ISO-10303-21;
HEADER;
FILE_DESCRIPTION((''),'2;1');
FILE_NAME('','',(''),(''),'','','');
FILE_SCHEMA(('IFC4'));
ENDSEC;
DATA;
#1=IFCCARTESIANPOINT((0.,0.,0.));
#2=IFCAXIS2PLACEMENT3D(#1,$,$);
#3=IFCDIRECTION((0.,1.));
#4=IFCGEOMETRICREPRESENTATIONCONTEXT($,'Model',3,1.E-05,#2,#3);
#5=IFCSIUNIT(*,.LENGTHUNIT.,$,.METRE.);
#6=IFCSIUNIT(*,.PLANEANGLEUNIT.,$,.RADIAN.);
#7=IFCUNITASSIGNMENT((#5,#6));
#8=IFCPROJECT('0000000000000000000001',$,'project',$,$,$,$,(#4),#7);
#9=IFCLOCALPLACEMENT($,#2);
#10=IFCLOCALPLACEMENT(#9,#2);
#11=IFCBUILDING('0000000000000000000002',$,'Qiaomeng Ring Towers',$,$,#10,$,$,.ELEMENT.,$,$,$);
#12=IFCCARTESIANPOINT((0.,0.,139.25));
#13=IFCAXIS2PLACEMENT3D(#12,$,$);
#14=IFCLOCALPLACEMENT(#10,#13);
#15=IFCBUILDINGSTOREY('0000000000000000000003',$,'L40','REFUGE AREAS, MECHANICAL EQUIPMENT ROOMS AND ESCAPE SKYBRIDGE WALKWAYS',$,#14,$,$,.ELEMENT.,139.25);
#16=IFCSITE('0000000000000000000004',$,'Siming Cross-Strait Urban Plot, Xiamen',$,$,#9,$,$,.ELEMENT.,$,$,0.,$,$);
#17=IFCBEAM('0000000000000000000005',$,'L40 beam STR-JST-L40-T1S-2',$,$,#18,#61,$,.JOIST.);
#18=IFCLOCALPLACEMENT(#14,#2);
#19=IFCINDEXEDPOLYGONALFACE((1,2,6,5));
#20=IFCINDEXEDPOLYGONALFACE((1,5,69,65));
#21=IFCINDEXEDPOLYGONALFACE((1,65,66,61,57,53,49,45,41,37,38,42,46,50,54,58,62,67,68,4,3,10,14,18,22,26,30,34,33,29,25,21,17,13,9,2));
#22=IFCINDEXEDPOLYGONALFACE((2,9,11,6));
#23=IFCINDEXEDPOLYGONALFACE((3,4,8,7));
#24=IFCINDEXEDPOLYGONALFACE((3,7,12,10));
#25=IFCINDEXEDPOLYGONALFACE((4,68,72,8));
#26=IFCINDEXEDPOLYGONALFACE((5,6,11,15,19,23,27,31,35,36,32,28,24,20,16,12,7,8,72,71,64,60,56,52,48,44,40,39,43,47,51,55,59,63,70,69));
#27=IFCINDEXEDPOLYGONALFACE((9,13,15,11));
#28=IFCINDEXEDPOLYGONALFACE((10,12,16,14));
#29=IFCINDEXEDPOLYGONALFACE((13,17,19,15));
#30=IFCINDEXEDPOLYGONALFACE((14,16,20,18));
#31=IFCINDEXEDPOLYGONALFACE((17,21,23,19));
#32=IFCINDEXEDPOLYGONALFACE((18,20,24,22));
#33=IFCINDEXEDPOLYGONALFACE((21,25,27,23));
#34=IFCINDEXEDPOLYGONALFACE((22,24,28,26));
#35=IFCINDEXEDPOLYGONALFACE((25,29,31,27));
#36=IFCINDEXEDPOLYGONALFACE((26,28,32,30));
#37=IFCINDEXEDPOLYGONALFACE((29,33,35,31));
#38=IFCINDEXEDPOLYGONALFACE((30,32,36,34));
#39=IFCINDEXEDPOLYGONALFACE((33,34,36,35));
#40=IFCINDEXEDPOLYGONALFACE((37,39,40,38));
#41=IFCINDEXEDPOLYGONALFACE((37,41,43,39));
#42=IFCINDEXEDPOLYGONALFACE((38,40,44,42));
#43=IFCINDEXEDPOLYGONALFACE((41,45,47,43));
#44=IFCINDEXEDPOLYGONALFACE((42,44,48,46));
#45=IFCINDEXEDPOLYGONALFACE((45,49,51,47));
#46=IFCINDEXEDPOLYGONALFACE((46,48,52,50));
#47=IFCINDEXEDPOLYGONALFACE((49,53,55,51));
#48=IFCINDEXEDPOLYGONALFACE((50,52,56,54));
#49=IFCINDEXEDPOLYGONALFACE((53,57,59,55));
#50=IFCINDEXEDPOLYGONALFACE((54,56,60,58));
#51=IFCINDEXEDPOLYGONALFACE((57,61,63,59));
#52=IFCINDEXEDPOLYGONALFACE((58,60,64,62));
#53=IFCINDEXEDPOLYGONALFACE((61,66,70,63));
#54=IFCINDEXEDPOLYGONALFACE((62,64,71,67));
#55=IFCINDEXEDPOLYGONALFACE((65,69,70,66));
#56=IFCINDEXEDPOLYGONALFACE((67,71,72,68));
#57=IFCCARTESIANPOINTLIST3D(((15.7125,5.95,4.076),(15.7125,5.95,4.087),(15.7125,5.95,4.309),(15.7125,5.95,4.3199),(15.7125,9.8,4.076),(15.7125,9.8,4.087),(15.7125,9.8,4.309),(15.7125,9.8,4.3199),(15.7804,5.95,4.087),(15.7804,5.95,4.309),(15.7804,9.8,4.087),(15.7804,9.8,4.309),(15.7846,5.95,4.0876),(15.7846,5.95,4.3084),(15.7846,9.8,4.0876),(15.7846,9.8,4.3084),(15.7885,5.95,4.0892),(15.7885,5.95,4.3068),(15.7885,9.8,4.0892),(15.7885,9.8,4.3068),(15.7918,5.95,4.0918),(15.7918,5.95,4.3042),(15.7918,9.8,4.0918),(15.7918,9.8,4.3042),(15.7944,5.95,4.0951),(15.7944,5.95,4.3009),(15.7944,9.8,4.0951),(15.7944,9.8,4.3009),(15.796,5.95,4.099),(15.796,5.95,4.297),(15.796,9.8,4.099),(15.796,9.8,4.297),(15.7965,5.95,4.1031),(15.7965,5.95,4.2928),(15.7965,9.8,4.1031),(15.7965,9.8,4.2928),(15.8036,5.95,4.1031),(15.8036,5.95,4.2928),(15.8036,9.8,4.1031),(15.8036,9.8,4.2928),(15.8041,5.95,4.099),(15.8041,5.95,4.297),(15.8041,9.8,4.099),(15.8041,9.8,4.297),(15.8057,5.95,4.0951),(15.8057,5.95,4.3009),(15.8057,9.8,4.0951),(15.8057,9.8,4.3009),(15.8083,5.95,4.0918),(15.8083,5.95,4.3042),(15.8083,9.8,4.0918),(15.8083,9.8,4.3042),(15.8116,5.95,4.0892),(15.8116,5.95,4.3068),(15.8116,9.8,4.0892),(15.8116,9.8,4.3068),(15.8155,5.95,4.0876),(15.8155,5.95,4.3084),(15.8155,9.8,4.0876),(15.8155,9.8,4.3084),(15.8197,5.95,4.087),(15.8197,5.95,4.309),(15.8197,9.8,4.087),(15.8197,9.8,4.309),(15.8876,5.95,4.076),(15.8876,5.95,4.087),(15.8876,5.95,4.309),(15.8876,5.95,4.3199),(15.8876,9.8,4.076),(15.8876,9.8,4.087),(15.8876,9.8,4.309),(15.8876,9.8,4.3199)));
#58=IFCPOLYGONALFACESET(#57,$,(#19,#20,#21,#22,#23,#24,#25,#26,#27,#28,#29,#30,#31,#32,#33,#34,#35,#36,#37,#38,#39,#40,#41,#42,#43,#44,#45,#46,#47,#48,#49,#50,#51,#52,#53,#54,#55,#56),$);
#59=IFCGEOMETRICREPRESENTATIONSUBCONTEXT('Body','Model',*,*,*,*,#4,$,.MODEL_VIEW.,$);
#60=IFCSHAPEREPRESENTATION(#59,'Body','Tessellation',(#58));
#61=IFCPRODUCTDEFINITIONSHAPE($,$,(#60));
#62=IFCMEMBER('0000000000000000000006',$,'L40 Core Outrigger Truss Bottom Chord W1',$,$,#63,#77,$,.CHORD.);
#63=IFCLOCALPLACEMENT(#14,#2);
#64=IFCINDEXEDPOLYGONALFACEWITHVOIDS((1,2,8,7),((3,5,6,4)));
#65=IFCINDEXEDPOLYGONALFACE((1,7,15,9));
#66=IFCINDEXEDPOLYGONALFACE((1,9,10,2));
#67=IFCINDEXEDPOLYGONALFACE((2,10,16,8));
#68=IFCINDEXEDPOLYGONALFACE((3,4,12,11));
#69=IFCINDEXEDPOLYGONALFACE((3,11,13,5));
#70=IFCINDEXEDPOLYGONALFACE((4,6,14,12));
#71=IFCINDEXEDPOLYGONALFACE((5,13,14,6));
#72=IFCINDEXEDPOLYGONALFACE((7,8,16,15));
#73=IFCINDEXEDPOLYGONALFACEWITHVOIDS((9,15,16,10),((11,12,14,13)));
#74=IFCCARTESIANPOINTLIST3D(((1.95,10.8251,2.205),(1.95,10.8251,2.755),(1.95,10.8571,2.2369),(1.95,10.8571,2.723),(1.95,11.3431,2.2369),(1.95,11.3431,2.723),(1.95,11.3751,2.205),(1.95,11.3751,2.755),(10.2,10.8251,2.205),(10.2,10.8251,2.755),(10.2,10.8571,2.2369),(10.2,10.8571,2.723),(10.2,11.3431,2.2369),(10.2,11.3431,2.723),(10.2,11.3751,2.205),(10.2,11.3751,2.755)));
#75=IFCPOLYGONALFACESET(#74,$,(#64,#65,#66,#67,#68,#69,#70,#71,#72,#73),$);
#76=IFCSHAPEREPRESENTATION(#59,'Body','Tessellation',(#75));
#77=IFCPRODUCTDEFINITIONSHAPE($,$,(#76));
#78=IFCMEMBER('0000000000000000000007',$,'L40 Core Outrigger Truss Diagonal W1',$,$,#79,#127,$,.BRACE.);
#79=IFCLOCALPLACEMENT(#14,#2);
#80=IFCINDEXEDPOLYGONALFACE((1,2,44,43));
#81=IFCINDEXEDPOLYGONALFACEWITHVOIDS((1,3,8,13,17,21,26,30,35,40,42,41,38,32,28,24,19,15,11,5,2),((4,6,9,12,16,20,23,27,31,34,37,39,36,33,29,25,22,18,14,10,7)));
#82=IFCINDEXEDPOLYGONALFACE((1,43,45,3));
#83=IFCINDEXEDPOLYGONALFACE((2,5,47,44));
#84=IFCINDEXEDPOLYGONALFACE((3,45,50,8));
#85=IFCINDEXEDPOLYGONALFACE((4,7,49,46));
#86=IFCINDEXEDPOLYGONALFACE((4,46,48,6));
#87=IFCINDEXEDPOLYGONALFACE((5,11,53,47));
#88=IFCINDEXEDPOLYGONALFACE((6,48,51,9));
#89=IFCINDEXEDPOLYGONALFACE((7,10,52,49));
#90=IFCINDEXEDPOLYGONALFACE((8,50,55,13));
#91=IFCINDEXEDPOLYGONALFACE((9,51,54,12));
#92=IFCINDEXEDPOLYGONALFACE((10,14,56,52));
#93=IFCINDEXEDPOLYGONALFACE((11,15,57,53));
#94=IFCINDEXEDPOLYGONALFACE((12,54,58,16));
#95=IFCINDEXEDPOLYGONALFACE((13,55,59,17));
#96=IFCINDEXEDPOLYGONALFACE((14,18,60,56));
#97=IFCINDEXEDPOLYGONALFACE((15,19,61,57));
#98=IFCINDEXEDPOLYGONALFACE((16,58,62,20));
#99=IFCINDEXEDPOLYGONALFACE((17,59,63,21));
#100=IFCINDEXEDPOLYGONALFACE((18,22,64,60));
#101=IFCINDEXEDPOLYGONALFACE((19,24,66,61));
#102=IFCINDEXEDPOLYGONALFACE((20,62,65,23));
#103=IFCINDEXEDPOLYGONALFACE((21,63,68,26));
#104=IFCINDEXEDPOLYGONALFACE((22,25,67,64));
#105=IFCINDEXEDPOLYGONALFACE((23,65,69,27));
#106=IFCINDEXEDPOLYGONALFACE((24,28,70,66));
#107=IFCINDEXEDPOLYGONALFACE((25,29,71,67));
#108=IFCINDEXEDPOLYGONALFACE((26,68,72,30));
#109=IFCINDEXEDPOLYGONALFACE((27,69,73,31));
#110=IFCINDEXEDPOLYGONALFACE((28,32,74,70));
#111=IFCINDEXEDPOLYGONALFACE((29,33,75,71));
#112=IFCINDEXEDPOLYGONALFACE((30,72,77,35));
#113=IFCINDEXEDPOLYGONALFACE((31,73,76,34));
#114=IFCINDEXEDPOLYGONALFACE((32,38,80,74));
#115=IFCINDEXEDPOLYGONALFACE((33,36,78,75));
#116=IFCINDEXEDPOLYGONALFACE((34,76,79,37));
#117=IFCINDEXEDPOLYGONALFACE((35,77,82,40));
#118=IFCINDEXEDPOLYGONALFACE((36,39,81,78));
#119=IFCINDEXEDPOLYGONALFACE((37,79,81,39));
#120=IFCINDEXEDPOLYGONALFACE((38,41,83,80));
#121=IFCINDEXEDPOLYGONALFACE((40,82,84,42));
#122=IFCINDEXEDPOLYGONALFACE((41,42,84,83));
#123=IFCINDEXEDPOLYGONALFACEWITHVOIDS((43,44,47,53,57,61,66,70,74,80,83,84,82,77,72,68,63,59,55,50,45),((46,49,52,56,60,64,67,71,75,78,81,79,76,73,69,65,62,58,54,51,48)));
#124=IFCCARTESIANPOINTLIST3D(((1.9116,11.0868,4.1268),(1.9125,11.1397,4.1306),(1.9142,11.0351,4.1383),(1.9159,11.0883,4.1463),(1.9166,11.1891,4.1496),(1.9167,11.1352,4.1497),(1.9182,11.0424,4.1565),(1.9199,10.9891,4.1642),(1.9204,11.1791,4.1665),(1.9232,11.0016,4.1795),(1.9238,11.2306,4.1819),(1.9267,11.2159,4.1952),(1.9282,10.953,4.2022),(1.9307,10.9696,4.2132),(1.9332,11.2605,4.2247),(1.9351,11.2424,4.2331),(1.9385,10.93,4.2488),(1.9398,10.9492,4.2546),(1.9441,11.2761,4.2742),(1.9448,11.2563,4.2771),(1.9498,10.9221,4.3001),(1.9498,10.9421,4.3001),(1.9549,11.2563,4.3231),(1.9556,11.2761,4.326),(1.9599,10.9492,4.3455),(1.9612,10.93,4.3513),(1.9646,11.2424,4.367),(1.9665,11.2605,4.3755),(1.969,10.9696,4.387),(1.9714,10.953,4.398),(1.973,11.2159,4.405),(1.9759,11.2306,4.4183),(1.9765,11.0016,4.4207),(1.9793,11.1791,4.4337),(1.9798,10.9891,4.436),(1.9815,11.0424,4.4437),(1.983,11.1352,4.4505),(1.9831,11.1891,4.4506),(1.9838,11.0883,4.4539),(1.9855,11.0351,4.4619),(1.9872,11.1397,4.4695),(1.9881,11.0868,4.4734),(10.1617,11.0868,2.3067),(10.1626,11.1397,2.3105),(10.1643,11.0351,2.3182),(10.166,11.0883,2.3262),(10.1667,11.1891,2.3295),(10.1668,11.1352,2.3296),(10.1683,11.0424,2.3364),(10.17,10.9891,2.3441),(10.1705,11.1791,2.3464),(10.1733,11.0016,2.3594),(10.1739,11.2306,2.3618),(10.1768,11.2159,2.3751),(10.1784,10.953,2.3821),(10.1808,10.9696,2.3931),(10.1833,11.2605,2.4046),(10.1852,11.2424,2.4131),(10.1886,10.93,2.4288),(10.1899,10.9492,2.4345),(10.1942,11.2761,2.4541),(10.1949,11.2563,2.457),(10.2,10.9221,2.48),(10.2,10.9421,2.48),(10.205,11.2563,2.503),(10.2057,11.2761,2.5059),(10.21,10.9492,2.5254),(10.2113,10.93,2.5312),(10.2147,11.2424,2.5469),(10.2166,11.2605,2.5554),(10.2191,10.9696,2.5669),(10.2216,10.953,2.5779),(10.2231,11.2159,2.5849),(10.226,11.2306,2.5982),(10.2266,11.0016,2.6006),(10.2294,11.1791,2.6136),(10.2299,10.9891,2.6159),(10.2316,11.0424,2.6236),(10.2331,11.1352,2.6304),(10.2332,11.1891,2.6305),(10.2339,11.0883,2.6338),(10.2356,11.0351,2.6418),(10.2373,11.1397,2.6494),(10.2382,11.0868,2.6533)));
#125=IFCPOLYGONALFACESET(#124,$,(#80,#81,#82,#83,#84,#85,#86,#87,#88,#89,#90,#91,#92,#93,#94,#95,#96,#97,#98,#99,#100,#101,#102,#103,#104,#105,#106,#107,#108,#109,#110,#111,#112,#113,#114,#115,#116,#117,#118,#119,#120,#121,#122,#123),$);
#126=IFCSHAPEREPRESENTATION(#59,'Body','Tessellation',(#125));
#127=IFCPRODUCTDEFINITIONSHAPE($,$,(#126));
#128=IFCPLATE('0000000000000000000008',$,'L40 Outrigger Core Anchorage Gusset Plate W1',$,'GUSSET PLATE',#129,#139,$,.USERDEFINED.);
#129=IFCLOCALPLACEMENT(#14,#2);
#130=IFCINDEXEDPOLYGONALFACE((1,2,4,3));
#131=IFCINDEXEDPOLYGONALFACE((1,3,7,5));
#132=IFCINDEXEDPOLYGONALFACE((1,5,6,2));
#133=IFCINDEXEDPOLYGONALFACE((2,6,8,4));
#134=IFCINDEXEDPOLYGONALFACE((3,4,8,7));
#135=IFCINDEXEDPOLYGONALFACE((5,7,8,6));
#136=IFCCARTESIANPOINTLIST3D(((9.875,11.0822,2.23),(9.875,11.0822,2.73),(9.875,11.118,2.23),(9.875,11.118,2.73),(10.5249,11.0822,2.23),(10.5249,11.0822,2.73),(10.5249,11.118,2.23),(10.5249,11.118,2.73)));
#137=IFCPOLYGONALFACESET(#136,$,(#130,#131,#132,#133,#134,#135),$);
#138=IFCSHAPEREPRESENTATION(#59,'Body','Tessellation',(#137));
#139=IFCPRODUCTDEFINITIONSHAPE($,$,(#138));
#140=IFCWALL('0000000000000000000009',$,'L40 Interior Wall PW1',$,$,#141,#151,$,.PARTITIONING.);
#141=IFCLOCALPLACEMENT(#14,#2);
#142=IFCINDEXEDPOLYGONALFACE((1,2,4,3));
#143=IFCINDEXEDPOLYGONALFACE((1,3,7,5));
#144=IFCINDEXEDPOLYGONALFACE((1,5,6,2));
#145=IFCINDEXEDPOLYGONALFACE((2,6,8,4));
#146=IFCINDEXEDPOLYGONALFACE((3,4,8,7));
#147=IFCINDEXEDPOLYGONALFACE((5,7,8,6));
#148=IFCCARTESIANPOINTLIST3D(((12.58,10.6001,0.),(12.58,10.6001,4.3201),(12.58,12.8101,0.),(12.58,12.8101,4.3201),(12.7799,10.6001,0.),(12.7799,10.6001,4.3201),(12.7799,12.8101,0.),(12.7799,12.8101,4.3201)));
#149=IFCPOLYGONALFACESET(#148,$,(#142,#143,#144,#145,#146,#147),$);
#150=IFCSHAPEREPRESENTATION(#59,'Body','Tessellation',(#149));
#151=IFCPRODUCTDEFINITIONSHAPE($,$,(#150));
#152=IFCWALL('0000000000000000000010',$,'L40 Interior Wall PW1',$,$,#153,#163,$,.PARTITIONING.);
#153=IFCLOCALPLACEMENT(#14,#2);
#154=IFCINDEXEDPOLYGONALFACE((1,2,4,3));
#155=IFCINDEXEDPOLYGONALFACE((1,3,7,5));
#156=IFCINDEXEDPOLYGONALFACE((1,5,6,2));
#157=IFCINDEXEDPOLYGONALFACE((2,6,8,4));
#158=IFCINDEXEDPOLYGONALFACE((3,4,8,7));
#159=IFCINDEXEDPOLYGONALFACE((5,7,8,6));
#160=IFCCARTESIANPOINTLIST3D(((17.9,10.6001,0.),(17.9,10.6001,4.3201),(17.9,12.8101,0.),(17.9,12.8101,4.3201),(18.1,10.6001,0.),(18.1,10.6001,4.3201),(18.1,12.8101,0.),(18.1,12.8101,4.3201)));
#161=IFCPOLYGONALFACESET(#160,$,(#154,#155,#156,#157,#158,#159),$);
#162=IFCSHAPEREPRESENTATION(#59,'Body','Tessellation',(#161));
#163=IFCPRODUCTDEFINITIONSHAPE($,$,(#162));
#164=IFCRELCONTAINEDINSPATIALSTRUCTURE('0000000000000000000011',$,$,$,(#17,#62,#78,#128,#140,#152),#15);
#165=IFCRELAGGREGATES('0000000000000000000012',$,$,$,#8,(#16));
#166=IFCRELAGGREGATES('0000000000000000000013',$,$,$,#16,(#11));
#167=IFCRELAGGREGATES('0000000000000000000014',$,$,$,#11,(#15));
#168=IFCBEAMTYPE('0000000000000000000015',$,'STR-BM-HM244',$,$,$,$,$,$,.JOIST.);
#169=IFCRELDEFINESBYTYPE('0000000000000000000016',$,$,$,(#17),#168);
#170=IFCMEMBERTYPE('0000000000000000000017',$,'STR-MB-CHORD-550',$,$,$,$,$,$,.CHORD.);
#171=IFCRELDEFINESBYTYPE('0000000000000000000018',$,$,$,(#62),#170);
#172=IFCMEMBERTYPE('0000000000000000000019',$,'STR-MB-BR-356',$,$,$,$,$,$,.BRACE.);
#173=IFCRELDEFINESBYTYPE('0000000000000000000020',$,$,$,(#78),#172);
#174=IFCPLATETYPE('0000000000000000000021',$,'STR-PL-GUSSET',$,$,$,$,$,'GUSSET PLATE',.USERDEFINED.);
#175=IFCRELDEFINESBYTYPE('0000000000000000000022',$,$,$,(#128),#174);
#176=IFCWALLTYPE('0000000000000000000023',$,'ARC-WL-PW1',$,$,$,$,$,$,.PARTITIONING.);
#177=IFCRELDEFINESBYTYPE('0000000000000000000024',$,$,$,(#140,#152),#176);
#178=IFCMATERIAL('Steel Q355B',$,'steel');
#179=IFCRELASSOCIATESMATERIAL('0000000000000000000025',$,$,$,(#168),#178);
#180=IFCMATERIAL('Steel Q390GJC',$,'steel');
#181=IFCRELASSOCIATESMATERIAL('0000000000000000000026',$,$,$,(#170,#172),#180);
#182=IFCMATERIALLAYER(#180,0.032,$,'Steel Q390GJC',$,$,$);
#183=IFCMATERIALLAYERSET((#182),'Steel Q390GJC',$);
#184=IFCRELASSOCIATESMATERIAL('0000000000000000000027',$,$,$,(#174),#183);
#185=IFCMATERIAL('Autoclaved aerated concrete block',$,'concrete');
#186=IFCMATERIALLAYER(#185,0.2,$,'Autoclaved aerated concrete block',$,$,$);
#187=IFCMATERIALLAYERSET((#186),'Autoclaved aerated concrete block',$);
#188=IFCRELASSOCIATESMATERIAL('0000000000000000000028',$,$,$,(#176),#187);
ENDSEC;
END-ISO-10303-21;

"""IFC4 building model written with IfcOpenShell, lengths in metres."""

from ifc_helpers import new_model, si_unit, direction, frame, frame_2d, origin, origin_2d, place, context, subcontext, project, spatial, rectangle, hollow_rectangle, hollow_circle, i_section, extrude, source, transform, mapped, material, layer, layer_set, material_profile, profile_set, type_object, element, save


model = new_model("IFC4")

# Units and contexts
model_context = context("Model", 3, precision=1e-05, world=origin(), true_north=direction((0.0, 1.0)))
body_context = subcontext(model_context, "Body", "Model", "MODEL_VIEW")
ifc_project = project(units=[si_unit("LENGTHUNIT", "METRE"), si_unit("PLANEANGLEUNIT", "RADIAN")], contexts=[model_context])

# Site, building, storey
site_placement = place(None, origin())
site = spatial("IfcSite", under=ifc_project, at=site_placement, Name="Siming Cross-Strait Urban Plot, Xiamen", CompositionType="ELEMENT", RefElevation=0.0)
building_placement = place(site_placement, origin())
building = spatial("IfcBuilding", under=site, at=building_placement, Name="Qiaomeng Ring Towers", CompositionType="ELEMENT")
storey_placement = place(building_placement, frame((0.0, 0.0, 139.25)))
storey = spatial("IfcBuildingStorey", under=building, at=storey_placement, Name="L40", Description="REFUGE AREAS, MECHANICAL EQUIPMENT ROOMS AND ESCAPE SKYBRIDGE WALKWAYS", CompositionType="ELEMENT", Elevation=139.25)

# Beam
ifc_material_1 = material(Name="Steel Q355B", Category="steel")
ifc_material_profile_1 = material_profile(ifc_material_1, i_section(OverallWidth=0.175, OverallDepth=0.2439, WebThickness=0.0071, FlangeThickness=0.011, FilletRadius=0.0161, at=origin_2d()), Name="HM 244x175x7x11")
ifc_profile_set_1 = profile_set([ifc_material_profile_1], Name="Steel Q355B")
beam_type_1 = type_object("IfcBeamType", Name="STR-BM-HM244", PredefinedType="JOIST", material=ifc_profile_set_1)
shared_shape_1 = source(origin(), body_context, "Body", "SweptSolid", [
    extrude(i_section(OverallWidth=0.175, OverallDepth=0.2439, WebThickness=0.0071, FlangeThickness=0.011, FilletRadius=0.0161, at=origin_2d()), origin(), (0.0, 0.0, 1.0), 3.8501),
])
for number, where, z_axis, x_axis, name in (
    (1, (15.8, 5.95, 4.198), (0.0, 1.0, 0.0), (-1.0, 0.0, 0.0), "L40 beam STR-JST-L40-T1S-2"),
):
    element("IfcBeam", number, at=place(storey_placement, frame(where, z_axis=z_axis, x_axis=x_axis)), inside=storey, type_object=beam_type_1, Name=name, PredefinedType="JOIST", context=body_context, shape_type="MappedRepresentation", body=[
        mapped(shared_shape_1, transform((0.0, 0.0, 0.0), x_axis=(1.0, 0.0, 0.0), y_axis=(0.0, 1.0, 0.0), z_axis=(0.0, 0.0, 1.0), scale=1.0)),
    ])

# Members
ifc_material_2 = material(Name="Steel Q390GJC", Category="steel")
ifc_material_profile_2 = material_profile(ifc_material_2, hollow_rectangle(XDim=0.55, YDim=0.55, WallThickness=0.032, at=origin_2d()), Name="SHS 550x550x32")
ifc_profile_set_2 = profile_set([ifc_material_profile_2], Name="Steel Q390GJC")
member_type_1 = type_object("IfcMemberType", Name="STR-MB-CHORD-550", PredefinedType="CHORD", material=ifc_profile_set_2)
shared_shape_2 = source(origin(), body_context, "Body", "SweptSolid", [
    extrude(hollow_rectangle(XDim=0.55, YDim=0.55, WallThickness=0.032, at=origin_2d()), origin(), (0.0, 0.0, 1.0), 8.25),
])
member_1_placement = place(storey_placement, frame((10.2, 11.1001, 2.48), z_axis=(-1.0, 0.0, 0.0), x_axis=(0.0, -1.0, 0.0)))
element("IfcMember", 2, at=member_1_placement, inside=storey, type_object=member_type_1, Name="L40 Core Outrigger Truss Bottom Chord W1", PredefinedType="CHORD", context=body_context, shape_type="MappedRepresentation", body=[
    mapped(shared_shape_2, transform((0.0, 0.0, 0.0), x_axis=(1.0, 0.0, 0.0), y_axis=(0.0, 1.0, 0.0), z_axis=(0.0, 0.0, 1.0), scale=1.0)),
])
ifc_material_profile_3 = material_profile(ifc_material_2, hollow_circle(Radius=0.178, WallThickness=0.02, at=origin_2d()), Name="CHS 356x20")
ifc_profile_set_3 = profile_set([ifc_material_profile_3], Name="Steel Q390GJC")
member_type_2 = type_object("IfcMemberType", Name="STR-MB-BR-356", PredefinedType="BRACE", material=ifc_profile_set_3)
shared_shape_3 = source(origin(), body_context, "Body", "SweptSolid", [
    extrude(hollow_circle(Radius=0.178, WallThickness=0.02, at=origin_2d()), origin(), (0.0, 0.0, 1.0), 8.4485),
])
member_2_placement = place(storey_placement, frame((10.2, 11.1001, 2.48), z_axis=(-0.976518, 0.0, 0.215434), x_axis=(0.0, -1.0, 0.0)))
element("IfcMember", 3, at=member_2_placement, inside=storey, type_object=member_type_2, Name="L40 Core Outrigger Truss Diagonal W1", PredefinedType="BRACE", context=body_context, shape_type="MappedRepresentation", body=[
    mapped(shared_shape_3, transform((0.0, 0.0, 0.0), x_axis=(1.0, 0.0, 0.0), y_axis=(0.0, 1.0, 0.0), z_axis=(0.0, 0.0, 1.0), scale=1.0)),
])

# Plate
ifc_layer_1 = layer(ifc_material_2, 0.032, Name="Steel Q390GJC")
ifc_layer_set_1 = layer_set([ifc_layer_1], Name="Steel Q390GJC")
plate_type = type_object("IfcPlateType", Name="STR-PL-GUSSET", ElementType="GUSSET PLATE", PredefinedType="USERDEFINED", material=ifc_layer_set_1)
shared_shape_4 = source(origin(), body_context, "Body", "SweptSolid", [
    extrude(rectangle(XDim=0.6499, YDim=0.0359, at=origin_2d()), origin(), (0.0, 0.0, 1.0), 0.5),
])
plate_placement = place(storey_placement, frame((10.2, 11.1001, 2.23), z_axis=(0.0, 0.0, 1.0), x_axis=(1.0, 0.0, 0.0)))
element("IfcPlate", 4, at=plate_placement, inside=storey, type_object=plate_type, Name="L40 Outrigger Core Anchorage Gusset Plate W1", ObjectType="GUSSET PLATE", PredefinedType="USERDEFINED", context=body_context, shape_type="MappedRepresentation", body=[
    mapped(shared_shape_4, transform((0.0, 0.0, 0.0), x_axis=(1.0, 0.0, 0.0), y_axis=(0.0, 1.0, 0.0), z_axis=(0.0, 0.0, 1.0), scale=1.0)),
])

# Walls
ifc_material_3 = material(Name="Autoclaved aerated concrete block", Category="concrete")
ifc_layer_2 = layer(ifc_material_3, 0.2, Name="Autoclaved aerated concrete block")
ifc_layer_set_2 = layer_set([ifc_layer_2], Name="Autoclaved aerated concrete block")
wall_type_1 = type_object("IfcWallType", Name="ARC-WL-PW1", PredefinedType="PARTITIONING", material=ifc_layer_set_2)
for number, where, z_axis, x_axis, name in (
    (5, (12.6799, 10.6001, 0.0), (0.0, 0.0, 1.0), (0.0, 1.0, 0.0), "L40 Interior Wall PW1"),
    (6, (18.0, 10.6001, 0.0), (0.0, 0.0, 1.0), (0.0, 1.0, 0.0), "L40 Interior Wall PW1"),
):
    element("IfcWall", number, at=place(storey_placement, frame(where, z_axis=z_axis, x_axis=x_axis)), inside=storey, type_object=wall_type_1, Name=name, PredefinedType="PARTITIONING", context=body_context, shape_type="SweptSolid", body=[
        extrude(rectangle(XDim=2.21, YDim=0.2, at=frame_2d((1.105, 0.0))), origin(), (0.0, 0.0, 1.0), 4.3201),
    ])

save(model, "model.ifc")
